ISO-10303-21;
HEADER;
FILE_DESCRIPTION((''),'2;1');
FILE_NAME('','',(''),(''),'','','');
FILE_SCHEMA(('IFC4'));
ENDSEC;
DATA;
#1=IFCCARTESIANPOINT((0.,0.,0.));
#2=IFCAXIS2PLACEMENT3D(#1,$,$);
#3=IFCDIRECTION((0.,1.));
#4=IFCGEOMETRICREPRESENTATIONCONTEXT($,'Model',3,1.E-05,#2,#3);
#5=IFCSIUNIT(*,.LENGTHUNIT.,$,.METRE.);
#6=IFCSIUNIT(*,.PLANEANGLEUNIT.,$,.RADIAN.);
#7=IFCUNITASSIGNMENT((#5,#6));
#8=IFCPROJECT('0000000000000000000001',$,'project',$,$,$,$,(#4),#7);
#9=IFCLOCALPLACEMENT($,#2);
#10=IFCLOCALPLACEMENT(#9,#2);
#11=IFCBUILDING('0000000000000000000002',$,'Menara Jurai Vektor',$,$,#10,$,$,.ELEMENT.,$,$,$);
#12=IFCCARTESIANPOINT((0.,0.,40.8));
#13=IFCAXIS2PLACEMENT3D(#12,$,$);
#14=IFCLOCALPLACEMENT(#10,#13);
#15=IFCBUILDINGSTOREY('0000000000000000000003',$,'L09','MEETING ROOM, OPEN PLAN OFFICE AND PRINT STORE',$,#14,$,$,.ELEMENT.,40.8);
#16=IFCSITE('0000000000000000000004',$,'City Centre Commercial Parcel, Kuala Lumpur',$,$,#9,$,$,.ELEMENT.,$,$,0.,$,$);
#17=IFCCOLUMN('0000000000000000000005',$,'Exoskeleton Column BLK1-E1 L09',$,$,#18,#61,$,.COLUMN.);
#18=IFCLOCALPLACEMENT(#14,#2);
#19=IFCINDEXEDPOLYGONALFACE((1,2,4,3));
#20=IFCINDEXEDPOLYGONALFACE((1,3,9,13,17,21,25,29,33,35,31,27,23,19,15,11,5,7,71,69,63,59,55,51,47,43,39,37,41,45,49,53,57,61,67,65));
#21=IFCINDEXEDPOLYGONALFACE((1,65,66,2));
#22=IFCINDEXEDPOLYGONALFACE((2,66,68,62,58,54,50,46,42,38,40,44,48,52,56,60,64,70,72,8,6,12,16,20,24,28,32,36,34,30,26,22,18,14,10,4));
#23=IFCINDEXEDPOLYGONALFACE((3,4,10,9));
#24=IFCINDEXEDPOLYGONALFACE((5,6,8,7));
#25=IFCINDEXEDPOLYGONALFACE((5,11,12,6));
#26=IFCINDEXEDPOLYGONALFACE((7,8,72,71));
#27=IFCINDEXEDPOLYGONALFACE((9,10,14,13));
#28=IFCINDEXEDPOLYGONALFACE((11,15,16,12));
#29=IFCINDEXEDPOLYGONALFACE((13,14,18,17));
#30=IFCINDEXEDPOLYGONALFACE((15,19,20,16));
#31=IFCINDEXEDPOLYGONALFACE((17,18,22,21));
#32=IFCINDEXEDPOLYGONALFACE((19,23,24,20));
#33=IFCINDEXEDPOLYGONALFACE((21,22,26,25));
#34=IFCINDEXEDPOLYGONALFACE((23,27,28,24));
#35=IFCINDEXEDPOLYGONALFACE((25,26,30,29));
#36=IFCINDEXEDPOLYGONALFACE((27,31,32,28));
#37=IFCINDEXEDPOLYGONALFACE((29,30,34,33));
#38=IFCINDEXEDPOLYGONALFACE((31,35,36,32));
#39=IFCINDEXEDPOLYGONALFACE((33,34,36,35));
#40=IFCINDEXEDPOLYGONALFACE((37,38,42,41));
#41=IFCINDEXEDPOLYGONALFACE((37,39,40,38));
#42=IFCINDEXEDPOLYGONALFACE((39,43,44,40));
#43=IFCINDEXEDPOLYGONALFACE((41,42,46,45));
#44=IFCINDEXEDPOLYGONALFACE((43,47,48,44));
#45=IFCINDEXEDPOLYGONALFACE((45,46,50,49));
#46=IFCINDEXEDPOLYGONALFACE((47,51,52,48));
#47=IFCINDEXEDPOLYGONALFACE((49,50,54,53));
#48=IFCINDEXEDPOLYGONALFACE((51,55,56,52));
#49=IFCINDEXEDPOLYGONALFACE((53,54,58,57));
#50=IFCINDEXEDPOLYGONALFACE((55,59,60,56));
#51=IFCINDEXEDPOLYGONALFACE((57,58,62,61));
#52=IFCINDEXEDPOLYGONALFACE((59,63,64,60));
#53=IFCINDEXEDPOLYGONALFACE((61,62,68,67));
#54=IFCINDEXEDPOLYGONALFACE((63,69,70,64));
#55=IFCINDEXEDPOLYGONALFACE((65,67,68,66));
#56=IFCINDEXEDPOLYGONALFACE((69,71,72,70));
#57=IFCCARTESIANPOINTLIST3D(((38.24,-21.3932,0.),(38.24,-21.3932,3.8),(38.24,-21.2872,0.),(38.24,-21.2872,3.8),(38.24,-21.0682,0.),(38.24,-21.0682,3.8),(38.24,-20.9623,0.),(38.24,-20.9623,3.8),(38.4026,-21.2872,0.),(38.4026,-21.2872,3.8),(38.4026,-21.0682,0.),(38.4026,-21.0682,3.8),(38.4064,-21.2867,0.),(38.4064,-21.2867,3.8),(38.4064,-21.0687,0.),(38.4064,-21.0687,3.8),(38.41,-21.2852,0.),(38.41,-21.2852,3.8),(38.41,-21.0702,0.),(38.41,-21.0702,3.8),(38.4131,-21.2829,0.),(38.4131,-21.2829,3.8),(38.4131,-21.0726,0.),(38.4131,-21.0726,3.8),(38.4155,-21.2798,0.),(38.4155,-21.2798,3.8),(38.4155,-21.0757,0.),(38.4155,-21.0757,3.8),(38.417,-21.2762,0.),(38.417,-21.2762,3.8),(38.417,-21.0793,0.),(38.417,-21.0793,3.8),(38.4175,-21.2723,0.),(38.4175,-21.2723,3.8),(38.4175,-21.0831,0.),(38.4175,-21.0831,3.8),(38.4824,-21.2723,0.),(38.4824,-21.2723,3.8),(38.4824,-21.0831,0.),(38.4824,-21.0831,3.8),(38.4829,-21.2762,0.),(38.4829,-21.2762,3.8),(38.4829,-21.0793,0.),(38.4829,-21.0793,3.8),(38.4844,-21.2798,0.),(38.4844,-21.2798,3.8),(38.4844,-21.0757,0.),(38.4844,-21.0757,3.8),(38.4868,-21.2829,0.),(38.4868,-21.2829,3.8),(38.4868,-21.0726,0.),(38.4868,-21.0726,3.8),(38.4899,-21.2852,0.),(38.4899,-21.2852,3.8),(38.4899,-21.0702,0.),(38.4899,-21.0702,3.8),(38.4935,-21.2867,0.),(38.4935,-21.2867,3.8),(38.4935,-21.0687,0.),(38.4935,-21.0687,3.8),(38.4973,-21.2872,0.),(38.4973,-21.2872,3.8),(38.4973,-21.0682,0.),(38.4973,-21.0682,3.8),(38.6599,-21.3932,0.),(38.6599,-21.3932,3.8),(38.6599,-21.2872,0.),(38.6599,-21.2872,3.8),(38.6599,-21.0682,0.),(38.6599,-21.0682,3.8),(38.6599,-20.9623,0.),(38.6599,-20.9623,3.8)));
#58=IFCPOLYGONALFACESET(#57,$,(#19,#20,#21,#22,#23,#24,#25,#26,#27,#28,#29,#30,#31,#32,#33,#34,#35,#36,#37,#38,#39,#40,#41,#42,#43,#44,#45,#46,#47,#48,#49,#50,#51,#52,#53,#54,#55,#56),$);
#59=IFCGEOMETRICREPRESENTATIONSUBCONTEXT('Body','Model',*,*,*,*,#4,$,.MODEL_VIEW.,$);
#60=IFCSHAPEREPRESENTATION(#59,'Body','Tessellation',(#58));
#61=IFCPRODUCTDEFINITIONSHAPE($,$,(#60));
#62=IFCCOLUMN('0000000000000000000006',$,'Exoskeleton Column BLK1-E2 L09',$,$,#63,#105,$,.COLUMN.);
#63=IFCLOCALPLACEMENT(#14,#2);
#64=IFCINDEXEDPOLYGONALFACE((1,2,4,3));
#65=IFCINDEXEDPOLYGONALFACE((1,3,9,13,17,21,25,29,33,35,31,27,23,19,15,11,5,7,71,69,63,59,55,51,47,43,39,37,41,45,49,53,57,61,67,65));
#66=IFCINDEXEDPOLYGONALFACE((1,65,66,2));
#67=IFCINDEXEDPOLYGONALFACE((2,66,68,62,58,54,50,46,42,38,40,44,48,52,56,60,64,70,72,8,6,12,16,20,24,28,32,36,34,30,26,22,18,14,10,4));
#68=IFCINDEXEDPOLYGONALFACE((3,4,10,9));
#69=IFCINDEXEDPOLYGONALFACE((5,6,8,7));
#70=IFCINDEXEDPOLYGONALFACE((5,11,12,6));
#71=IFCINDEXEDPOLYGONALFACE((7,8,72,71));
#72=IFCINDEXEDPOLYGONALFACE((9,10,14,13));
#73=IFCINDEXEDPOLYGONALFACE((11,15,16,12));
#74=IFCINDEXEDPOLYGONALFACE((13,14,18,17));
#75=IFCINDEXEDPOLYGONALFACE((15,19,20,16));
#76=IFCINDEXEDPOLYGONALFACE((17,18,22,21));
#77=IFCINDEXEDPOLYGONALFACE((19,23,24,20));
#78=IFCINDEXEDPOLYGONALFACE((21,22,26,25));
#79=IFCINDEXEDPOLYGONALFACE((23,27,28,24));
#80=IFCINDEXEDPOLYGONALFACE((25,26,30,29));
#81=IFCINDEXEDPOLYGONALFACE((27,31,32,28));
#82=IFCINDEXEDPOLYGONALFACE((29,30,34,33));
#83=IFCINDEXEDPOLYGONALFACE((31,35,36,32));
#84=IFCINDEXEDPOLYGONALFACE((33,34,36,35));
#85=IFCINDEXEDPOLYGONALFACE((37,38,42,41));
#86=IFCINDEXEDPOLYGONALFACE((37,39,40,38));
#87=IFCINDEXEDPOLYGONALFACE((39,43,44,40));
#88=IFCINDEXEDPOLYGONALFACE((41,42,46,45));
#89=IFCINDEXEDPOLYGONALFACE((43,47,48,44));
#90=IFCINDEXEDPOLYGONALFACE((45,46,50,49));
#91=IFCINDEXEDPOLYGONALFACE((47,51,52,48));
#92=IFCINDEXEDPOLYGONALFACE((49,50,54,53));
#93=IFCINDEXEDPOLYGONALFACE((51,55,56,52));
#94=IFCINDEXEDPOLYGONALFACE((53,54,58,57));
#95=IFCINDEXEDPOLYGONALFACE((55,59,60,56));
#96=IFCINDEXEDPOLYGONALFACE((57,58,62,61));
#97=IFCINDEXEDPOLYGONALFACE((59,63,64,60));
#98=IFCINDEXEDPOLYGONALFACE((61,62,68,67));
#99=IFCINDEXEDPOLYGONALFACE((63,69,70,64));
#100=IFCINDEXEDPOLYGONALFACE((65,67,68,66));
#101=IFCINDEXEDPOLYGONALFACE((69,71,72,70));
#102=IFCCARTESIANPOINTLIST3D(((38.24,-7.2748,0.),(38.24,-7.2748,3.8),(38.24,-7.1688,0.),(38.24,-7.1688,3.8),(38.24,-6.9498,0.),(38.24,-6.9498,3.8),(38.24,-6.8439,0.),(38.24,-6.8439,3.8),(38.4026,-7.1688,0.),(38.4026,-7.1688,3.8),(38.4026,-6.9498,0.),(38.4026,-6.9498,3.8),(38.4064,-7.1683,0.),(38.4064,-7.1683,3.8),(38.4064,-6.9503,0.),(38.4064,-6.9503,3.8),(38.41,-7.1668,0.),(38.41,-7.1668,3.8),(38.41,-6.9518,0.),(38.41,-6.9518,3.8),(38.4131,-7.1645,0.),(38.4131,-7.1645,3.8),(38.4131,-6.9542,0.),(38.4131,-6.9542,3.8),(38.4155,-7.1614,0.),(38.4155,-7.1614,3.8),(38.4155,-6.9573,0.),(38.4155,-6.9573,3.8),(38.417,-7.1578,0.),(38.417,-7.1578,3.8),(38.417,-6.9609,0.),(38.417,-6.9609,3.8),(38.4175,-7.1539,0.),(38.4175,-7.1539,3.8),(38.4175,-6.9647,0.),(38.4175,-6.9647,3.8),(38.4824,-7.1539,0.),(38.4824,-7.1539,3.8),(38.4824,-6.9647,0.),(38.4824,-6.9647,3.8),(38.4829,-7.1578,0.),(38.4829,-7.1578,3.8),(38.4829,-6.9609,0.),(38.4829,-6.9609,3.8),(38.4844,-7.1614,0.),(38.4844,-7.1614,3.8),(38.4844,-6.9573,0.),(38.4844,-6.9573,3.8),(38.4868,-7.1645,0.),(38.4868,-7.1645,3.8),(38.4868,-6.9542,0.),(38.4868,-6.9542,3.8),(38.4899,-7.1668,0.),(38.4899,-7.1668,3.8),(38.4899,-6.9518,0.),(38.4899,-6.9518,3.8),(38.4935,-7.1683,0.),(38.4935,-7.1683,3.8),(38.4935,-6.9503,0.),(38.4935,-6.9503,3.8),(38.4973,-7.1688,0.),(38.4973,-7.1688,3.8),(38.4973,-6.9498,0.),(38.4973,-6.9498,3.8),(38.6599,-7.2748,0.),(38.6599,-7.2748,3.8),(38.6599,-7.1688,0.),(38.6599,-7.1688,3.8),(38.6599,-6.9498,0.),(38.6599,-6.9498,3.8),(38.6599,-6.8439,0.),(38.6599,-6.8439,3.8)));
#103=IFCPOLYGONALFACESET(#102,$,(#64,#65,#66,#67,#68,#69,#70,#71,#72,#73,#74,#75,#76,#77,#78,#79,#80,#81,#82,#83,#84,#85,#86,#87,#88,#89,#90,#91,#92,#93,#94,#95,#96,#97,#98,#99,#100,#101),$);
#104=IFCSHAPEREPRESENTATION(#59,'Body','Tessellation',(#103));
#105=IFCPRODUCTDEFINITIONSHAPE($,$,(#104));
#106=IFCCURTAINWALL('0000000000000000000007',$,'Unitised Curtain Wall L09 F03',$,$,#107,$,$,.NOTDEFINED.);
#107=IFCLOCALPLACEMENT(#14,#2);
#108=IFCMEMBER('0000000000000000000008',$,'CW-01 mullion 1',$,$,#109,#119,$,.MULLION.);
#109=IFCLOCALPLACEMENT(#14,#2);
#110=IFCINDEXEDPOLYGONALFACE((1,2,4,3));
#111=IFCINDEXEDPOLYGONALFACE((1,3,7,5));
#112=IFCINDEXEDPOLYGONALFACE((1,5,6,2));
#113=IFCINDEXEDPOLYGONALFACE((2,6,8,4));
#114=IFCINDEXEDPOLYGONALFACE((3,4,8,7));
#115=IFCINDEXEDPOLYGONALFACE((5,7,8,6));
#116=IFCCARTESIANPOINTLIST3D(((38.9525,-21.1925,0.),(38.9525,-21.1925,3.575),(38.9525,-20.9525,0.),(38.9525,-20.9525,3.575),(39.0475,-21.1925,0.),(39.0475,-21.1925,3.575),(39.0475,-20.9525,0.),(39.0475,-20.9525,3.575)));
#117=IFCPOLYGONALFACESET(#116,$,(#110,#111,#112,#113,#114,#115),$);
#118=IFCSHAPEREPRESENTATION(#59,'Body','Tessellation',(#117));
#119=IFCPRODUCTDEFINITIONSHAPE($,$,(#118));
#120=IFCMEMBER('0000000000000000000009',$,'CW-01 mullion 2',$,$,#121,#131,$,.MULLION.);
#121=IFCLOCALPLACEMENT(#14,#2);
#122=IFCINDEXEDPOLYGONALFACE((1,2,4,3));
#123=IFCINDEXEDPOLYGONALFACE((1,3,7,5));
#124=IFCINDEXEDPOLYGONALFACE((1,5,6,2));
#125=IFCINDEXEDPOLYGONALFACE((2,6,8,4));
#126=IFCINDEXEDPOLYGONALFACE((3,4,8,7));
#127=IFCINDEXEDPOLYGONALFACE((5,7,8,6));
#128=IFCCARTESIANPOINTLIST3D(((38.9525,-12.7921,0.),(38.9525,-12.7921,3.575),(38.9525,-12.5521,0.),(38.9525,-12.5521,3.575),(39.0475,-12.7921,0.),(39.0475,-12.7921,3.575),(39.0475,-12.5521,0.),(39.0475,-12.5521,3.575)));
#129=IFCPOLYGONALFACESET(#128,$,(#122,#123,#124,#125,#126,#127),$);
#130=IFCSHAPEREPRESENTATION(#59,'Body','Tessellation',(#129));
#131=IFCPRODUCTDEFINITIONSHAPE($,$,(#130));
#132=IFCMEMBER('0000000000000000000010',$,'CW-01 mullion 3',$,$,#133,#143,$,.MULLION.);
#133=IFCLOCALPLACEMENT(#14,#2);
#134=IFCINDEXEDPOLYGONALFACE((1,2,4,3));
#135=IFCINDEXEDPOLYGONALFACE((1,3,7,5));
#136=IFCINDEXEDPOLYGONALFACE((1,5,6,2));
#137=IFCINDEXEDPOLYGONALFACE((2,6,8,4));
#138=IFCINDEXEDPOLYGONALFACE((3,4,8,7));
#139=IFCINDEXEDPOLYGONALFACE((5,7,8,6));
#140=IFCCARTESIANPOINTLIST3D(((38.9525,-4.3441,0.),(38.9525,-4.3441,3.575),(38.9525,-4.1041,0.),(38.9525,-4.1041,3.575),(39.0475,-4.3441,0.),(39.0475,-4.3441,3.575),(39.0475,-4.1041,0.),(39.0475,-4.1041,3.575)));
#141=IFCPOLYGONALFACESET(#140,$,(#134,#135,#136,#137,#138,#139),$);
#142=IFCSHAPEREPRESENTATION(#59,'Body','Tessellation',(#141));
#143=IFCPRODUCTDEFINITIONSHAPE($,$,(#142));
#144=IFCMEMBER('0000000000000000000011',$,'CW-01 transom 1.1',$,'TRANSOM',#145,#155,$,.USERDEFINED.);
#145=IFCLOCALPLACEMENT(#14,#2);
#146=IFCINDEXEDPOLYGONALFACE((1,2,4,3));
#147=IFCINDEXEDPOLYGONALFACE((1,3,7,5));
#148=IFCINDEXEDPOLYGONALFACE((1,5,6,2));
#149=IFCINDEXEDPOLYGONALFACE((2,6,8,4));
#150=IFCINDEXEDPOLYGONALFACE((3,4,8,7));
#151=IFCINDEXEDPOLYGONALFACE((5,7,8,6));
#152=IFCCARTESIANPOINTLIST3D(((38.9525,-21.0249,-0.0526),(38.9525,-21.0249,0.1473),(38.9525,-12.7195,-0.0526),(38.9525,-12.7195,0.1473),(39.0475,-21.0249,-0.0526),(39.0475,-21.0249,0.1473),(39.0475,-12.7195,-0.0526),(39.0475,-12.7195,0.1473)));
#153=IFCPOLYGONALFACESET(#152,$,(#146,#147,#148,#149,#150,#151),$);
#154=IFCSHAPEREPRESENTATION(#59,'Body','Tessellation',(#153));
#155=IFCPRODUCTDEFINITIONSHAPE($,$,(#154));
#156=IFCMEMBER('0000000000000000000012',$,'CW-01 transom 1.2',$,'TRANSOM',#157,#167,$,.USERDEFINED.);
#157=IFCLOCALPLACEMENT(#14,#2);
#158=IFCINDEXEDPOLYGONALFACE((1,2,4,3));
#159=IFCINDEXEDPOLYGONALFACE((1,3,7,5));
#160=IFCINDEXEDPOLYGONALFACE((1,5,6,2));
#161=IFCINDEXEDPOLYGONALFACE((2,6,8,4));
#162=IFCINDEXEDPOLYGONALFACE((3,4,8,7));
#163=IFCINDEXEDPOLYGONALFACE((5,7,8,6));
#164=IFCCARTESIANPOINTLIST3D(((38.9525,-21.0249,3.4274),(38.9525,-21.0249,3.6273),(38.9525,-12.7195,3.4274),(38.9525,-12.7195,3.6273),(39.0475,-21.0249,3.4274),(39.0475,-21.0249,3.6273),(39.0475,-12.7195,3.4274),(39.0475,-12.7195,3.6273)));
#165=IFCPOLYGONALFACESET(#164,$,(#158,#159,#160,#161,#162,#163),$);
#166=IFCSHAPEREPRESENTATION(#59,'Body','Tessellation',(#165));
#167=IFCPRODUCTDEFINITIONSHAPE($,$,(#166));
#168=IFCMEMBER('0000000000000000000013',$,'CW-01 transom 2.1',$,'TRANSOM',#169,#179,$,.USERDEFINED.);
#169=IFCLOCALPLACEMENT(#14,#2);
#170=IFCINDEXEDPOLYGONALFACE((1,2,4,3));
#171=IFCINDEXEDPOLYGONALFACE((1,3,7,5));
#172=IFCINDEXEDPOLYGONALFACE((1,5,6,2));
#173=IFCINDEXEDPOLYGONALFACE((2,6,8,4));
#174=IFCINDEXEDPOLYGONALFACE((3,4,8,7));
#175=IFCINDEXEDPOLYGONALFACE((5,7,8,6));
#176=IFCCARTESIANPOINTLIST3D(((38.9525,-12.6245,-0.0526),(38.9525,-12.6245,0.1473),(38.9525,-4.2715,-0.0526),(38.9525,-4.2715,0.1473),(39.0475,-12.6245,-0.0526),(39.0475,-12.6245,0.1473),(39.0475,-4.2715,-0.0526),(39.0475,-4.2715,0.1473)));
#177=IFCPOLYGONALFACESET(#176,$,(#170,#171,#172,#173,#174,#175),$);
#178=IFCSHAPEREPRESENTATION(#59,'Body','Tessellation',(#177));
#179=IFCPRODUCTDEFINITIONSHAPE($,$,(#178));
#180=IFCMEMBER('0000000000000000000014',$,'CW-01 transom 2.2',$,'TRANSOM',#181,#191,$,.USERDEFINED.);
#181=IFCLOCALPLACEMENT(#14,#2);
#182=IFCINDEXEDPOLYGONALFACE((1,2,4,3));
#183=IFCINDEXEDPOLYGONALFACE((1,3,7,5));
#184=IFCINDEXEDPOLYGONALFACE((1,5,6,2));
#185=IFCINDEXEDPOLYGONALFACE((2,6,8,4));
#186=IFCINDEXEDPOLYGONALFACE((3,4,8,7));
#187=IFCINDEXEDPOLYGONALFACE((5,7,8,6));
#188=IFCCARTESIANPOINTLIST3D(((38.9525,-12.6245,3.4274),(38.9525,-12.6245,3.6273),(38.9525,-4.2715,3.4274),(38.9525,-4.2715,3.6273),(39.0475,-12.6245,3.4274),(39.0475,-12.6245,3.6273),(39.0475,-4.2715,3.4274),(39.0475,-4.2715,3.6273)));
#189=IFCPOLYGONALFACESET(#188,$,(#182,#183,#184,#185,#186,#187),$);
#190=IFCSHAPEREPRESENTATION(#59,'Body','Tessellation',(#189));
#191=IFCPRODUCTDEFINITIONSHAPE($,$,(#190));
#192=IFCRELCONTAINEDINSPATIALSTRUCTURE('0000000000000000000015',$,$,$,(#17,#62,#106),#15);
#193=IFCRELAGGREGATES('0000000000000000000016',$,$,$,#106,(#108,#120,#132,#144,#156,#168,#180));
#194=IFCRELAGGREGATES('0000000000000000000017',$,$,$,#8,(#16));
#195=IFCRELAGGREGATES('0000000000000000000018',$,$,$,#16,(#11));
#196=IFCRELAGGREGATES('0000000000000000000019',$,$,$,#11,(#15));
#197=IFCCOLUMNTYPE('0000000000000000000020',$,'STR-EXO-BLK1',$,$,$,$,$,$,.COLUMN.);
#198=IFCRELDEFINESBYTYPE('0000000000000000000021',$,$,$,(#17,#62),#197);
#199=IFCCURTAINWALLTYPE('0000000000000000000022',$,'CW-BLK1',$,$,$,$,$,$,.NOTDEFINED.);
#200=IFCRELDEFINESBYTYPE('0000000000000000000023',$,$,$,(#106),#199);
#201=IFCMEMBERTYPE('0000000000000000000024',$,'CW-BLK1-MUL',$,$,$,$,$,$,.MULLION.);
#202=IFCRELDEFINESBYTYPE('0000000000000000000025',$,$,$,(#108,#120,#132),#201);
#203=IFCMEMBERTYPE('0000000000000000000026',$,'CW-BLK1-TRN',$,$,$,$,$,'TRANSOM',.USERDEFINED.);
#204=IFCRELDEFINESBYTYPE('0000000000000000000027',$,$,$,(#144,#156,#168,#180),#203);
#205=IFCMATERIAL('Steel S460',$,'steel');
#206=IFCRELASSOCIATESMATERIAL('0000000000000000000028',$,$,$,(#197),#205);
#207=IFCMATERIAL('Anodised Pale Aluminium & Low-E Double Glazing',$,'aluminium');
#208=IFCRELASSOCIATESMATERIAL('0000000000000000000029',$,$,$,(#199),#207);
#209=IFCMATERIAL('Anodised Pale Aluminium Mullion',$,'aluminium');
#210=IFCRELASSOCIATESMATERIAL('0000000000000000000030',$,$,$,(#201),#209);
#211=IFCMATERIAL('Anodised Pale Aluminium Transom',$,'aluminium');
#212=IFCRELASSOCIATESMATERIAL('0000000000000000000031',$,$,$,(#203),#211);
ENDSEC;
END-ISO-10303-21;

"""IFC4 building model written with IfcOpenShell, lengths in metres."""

from ifc_helpers import new_model, si_unit, direction, frame, origin, origin_2d, place, context, subcontext, project, spatial, rectangle, i_section, extrude, material, material_profile, profile_set, type_object, element, aggregate, save


model = new_model("IFC4")

# Units and contexts
model_context = context("Model", 3, precision=1e-05, world=origin(), true_north=direction((0.0, 1.0)))
body_context = subcontext(model_context, "Body", "Model", "MODEL_VIEW")
ifc_project = project(units=[si_unit("LENGTHUNIT", "METRE"), si_unit("PLANEANGLEUNIT", "RADIAN")], contexts=[model_context])

# Site, building, storey
site_placement = place(None, origin())
site = spatial("IfcSite", under=ifc_project, at=site_placement, Name="City Centre Commercial Parcel, Kuala Lumpur", CompositionType="ELEMENT", RefElevation=0.0)
building_placement = place(site_placement, origin())
building = spatial("IfcBuilding", under=site, at=building_placement, Name="Menara Jurai Vektor", CompositionType="ELEMENT")
storey_placement = place(building_placement, frame((0.0, 0.0, 40.8)))
storey = spatial("IfcBuildingStorey", under=building, at=storey_placement, Name="L09", Description="MEETING ROOM, OPEN PLAN OFFICE AND PRINT STORE", CompositionType="ELEMENT", Elevation=40.8)

# Columns
ifc_material_1 = material(Name="Steel S460", Category="steel")
ifc_material_profile_1 = material_profile(ifc_material_1, i_section(OverallWidth=0.4199, OverallDepth=0.4309, WebThickness=0.0649, FlangeThickness=0.106, FilletRadius=0.0149, at=origin_2d()), Name="HD 400x900")
ifc_profile_set_1 = profile_set([ifc_material_profile_1], Name="Steel S460")
column_type = type_object("IfcColumnType", Name="STR-EXO-BLK1", PredefinedType="COLUMN", material=ifc_profile_set_1)
for number, where, z_axis, x_axis, name in (
    (1, (38.45, -21.1777, 0.0), (0.0, 0.0, 1.0), (1.0, 0.0, 0.0), "Exoskeleton Column BLK1-E1 L09"),
    (2, (38.45, -7.0593, 0.0), (0.0, 0.0, 1.0), (1.0, 0.0, 0.0), "Exoskeleton Column BLK1-E2 L09"),
):
    element("IfcColumn", number, at=place(storey_placement, frame(where, z_axis=z_axis, x_axis=x_axis)), inside=storey, type_object=column_type, Name=name, PredefinedType="COLUMN", context=body_context, shape_type="SweptSolid", body=[
        extrude(i_section(OverallWidth=0.4199, OverallDepth=0.4309, WebThickness=0.0649, FlangeThickness=0.106, FilletRadius=0.0149, at=origin_2d()), origin(), (0.0, 0.0, 1.0), 3.8),
    ])

# Curtain wall, members
ifc_material_2 = material(Name="Anodised Pale Aluminium & Low-E Double Glazing", Category="aluminium")
curtain_wall_type = type_object("IfcCurtainWallType", Name="CW-BLK1", PredefinedType="NOTDEFINED", material=ifc_material_2)
curtain_wall_placement = place(storey_placement, origin())
curtain_wall = element("IfcCurtainWall", 3, at=curtain_wall_placement, inside=storey, type_object=curtain_wall_type, Name="Unitised Curtain Wall L09 F03", PredefinedType="NOTDEFINED")
ifc_material_3 = material(Name="Anodised Pale Aluminium Mullion", Category="aluminium")
ifc_material_profile_2 = material_profile(ifc_material_3, rectangle(XDim=0.095, YDim=0.24, at=origin_2d()), Name="ALU MUL 95x240")
ifc_profile_set_2 = profile_set([ifc_material_profile_2], Name="Anodised Pale Aluminium Mullion")
member_type_1 = type_object("IfcMemberType", Name="CW-BLK1-MUL", PredefinedType="MULLION", material=ifc_profile_set_2)
member_1_placement = place(storey_placement, frame((39.0, -21.0725, 0.0), z_axis=(0.0, 0.0, 1.0), x_axis=(-1.0, 0.0, 0.0)))
member_1 = element("IfcMember", 4, at=member_1_placement, type_object=member_type_1, Name="CW-01 mullion 1", PredefinedType="MULLION", context=body_context, shape_type="SweptSolid", body=[
    extrude(rectangle(XDim=0.095, YDim=0.24, at=origin_2d()), origin(), (0.0, 0.0, 1.0), 3.575),
])
member_2_placement = place(storey_placement, frame((39.0, -12.6721, 0.0), z_axis=(0.0, 0.0, 1.0), x_axis=(-1.0, 0.0, 0.0)))
member_2 = element("IfcMember", 5, at=member_2_placement, type_object=member_type_1, Name="CW-01 mullion 2", PredefinedType="MULLION", context=body_context, shape_type="SweptSolid", body=[
    extrude(rectangle(XDim=0.095, YDim=0.24, at=origin_2d()), origin(), (0.0, 0.0, 1.0), 3.575),
])
member_3_placement = place(storey_placement, frame((39.0, -4.2241, 0.0), z_axis=(0.0, 0.0, 1.0), x_axis=(-1.0, 0.0, 0.0)))
member_3 = element("IfcMember", 6, at=member_3_placement, type_object=member_type_1, Name="CW-01 mullion 3", PredefinedType="MULLION", context=body_context, shape_type="SweptSolid", body=[
    extrude(rectangle(XDim=0.095, YDim=0.24, at=origin_2d()), origin(), (0.0, 0.0, 1.0), 3.575),
])
ifc_material_4 = material(Name="Anodised Pale Aluminium Transom", Category="aluminium")
ifc_material_profile_3 = material_profile(ifc_material_4, rectangle(XDim=0.095, YDim=0.2, at=origin_2d()), Name="ALU TRN 95x200")
ifc_profile_set_3 = profile_set([ifc_material_profile_3], Name="Anodised Pale Aluminium Transom")
member_type_2 = type_object("IfcMemberType", Name="CW-BLK1-TRN", ElementType="TRANSOM", PredefinedType="USERDEFINED", material=ifc_profile_set_3)
member_4_placement = place(storey_placement, frame((39.0, -21.0249, 0.0474), z_axis=(0.0, 1.0, 0.0), x_axis=(-1.0, 0.0, 0.0)))
member_4 = element("IfcMember", 7, at=member_4_placement, type_object=member_type_2, Name="CW-01 transom 1.1", ObjectType="TRANSOM", PredefinedType="USERDEFINED", context=body_context, shape_type="SweptSolid", body=[
    extrude(rectangle(XDim=0.095, YDim=0.2, at=origin_2d()), origin(), (0.0, 0.0, 1.0), 8.3054),
])
member_5_placement = place(storey_placement, frame((39.0, -21.0249, 3.5273), z_axis=(0.0, 1.0, 0.0), x_axis=(-1.0, 0.0, 0.0)))
member_5 = element("IfcMember", 8, at=member_5_placement, type_object=member_type_2, Name="CW-01 transom 1.2", ObjectType="TRANSOM", PredefinedType="USERDEFINED", context=body_context, shape_type="SweptSolid", body=[
    extrude(rectangle(XDim=0.095, YDim=0.2, at=origin_2d()), origin(), (0.0, 0.0, 1.0), 8.3054),
])
member_6_placement = place(storey_placement, frame((39.0, -12.6245, 0.0474), z_axis=(0.0, 1.0, 0.0), x_axis=(-1.0, 0.0, 0.0)))
member_6 = element("IfcMember", 9, at=member_6_placement, type_object=member_type_2, Name="CW-01 transom 2.1", ObjectType="TRANSOM", PredefinedType="USERDEFINED", context=body_context, shape_type="SweptSolid", body=[
    extrude(rectangle(XDim=0.095, YDim=0.2, at=origin_2d()), origin(), (0.0, 0.0, 1.0), 8.353),
])
member_7_placement = place(storey_placement, frame((39.0, -12.6245, 3.5273), z_axis=(0.0, 1.0, 0.0), x_axis=(-1.0, 0.0, 0.0)))
member_7 = element("IfcMember", 10, at=member_7_placement, type_object=member_type_2, Name="CW-01 transom 2.2", ObjectType="TRANSOM", PredefinedType="USERDEFINED", context=body_context, shape_type="SweptSolid", body=[
    extrude(rectangle(XDim=0.095, YDim=0.2, at=origin_2d()), origin(), (0.0, 0.0, 1.0), 8.353),
])

aggregate(curtain_wall, [member_1, member_2, member_3, member_4, member_5, member_6, member_7])

save(model, "model.ifc")
